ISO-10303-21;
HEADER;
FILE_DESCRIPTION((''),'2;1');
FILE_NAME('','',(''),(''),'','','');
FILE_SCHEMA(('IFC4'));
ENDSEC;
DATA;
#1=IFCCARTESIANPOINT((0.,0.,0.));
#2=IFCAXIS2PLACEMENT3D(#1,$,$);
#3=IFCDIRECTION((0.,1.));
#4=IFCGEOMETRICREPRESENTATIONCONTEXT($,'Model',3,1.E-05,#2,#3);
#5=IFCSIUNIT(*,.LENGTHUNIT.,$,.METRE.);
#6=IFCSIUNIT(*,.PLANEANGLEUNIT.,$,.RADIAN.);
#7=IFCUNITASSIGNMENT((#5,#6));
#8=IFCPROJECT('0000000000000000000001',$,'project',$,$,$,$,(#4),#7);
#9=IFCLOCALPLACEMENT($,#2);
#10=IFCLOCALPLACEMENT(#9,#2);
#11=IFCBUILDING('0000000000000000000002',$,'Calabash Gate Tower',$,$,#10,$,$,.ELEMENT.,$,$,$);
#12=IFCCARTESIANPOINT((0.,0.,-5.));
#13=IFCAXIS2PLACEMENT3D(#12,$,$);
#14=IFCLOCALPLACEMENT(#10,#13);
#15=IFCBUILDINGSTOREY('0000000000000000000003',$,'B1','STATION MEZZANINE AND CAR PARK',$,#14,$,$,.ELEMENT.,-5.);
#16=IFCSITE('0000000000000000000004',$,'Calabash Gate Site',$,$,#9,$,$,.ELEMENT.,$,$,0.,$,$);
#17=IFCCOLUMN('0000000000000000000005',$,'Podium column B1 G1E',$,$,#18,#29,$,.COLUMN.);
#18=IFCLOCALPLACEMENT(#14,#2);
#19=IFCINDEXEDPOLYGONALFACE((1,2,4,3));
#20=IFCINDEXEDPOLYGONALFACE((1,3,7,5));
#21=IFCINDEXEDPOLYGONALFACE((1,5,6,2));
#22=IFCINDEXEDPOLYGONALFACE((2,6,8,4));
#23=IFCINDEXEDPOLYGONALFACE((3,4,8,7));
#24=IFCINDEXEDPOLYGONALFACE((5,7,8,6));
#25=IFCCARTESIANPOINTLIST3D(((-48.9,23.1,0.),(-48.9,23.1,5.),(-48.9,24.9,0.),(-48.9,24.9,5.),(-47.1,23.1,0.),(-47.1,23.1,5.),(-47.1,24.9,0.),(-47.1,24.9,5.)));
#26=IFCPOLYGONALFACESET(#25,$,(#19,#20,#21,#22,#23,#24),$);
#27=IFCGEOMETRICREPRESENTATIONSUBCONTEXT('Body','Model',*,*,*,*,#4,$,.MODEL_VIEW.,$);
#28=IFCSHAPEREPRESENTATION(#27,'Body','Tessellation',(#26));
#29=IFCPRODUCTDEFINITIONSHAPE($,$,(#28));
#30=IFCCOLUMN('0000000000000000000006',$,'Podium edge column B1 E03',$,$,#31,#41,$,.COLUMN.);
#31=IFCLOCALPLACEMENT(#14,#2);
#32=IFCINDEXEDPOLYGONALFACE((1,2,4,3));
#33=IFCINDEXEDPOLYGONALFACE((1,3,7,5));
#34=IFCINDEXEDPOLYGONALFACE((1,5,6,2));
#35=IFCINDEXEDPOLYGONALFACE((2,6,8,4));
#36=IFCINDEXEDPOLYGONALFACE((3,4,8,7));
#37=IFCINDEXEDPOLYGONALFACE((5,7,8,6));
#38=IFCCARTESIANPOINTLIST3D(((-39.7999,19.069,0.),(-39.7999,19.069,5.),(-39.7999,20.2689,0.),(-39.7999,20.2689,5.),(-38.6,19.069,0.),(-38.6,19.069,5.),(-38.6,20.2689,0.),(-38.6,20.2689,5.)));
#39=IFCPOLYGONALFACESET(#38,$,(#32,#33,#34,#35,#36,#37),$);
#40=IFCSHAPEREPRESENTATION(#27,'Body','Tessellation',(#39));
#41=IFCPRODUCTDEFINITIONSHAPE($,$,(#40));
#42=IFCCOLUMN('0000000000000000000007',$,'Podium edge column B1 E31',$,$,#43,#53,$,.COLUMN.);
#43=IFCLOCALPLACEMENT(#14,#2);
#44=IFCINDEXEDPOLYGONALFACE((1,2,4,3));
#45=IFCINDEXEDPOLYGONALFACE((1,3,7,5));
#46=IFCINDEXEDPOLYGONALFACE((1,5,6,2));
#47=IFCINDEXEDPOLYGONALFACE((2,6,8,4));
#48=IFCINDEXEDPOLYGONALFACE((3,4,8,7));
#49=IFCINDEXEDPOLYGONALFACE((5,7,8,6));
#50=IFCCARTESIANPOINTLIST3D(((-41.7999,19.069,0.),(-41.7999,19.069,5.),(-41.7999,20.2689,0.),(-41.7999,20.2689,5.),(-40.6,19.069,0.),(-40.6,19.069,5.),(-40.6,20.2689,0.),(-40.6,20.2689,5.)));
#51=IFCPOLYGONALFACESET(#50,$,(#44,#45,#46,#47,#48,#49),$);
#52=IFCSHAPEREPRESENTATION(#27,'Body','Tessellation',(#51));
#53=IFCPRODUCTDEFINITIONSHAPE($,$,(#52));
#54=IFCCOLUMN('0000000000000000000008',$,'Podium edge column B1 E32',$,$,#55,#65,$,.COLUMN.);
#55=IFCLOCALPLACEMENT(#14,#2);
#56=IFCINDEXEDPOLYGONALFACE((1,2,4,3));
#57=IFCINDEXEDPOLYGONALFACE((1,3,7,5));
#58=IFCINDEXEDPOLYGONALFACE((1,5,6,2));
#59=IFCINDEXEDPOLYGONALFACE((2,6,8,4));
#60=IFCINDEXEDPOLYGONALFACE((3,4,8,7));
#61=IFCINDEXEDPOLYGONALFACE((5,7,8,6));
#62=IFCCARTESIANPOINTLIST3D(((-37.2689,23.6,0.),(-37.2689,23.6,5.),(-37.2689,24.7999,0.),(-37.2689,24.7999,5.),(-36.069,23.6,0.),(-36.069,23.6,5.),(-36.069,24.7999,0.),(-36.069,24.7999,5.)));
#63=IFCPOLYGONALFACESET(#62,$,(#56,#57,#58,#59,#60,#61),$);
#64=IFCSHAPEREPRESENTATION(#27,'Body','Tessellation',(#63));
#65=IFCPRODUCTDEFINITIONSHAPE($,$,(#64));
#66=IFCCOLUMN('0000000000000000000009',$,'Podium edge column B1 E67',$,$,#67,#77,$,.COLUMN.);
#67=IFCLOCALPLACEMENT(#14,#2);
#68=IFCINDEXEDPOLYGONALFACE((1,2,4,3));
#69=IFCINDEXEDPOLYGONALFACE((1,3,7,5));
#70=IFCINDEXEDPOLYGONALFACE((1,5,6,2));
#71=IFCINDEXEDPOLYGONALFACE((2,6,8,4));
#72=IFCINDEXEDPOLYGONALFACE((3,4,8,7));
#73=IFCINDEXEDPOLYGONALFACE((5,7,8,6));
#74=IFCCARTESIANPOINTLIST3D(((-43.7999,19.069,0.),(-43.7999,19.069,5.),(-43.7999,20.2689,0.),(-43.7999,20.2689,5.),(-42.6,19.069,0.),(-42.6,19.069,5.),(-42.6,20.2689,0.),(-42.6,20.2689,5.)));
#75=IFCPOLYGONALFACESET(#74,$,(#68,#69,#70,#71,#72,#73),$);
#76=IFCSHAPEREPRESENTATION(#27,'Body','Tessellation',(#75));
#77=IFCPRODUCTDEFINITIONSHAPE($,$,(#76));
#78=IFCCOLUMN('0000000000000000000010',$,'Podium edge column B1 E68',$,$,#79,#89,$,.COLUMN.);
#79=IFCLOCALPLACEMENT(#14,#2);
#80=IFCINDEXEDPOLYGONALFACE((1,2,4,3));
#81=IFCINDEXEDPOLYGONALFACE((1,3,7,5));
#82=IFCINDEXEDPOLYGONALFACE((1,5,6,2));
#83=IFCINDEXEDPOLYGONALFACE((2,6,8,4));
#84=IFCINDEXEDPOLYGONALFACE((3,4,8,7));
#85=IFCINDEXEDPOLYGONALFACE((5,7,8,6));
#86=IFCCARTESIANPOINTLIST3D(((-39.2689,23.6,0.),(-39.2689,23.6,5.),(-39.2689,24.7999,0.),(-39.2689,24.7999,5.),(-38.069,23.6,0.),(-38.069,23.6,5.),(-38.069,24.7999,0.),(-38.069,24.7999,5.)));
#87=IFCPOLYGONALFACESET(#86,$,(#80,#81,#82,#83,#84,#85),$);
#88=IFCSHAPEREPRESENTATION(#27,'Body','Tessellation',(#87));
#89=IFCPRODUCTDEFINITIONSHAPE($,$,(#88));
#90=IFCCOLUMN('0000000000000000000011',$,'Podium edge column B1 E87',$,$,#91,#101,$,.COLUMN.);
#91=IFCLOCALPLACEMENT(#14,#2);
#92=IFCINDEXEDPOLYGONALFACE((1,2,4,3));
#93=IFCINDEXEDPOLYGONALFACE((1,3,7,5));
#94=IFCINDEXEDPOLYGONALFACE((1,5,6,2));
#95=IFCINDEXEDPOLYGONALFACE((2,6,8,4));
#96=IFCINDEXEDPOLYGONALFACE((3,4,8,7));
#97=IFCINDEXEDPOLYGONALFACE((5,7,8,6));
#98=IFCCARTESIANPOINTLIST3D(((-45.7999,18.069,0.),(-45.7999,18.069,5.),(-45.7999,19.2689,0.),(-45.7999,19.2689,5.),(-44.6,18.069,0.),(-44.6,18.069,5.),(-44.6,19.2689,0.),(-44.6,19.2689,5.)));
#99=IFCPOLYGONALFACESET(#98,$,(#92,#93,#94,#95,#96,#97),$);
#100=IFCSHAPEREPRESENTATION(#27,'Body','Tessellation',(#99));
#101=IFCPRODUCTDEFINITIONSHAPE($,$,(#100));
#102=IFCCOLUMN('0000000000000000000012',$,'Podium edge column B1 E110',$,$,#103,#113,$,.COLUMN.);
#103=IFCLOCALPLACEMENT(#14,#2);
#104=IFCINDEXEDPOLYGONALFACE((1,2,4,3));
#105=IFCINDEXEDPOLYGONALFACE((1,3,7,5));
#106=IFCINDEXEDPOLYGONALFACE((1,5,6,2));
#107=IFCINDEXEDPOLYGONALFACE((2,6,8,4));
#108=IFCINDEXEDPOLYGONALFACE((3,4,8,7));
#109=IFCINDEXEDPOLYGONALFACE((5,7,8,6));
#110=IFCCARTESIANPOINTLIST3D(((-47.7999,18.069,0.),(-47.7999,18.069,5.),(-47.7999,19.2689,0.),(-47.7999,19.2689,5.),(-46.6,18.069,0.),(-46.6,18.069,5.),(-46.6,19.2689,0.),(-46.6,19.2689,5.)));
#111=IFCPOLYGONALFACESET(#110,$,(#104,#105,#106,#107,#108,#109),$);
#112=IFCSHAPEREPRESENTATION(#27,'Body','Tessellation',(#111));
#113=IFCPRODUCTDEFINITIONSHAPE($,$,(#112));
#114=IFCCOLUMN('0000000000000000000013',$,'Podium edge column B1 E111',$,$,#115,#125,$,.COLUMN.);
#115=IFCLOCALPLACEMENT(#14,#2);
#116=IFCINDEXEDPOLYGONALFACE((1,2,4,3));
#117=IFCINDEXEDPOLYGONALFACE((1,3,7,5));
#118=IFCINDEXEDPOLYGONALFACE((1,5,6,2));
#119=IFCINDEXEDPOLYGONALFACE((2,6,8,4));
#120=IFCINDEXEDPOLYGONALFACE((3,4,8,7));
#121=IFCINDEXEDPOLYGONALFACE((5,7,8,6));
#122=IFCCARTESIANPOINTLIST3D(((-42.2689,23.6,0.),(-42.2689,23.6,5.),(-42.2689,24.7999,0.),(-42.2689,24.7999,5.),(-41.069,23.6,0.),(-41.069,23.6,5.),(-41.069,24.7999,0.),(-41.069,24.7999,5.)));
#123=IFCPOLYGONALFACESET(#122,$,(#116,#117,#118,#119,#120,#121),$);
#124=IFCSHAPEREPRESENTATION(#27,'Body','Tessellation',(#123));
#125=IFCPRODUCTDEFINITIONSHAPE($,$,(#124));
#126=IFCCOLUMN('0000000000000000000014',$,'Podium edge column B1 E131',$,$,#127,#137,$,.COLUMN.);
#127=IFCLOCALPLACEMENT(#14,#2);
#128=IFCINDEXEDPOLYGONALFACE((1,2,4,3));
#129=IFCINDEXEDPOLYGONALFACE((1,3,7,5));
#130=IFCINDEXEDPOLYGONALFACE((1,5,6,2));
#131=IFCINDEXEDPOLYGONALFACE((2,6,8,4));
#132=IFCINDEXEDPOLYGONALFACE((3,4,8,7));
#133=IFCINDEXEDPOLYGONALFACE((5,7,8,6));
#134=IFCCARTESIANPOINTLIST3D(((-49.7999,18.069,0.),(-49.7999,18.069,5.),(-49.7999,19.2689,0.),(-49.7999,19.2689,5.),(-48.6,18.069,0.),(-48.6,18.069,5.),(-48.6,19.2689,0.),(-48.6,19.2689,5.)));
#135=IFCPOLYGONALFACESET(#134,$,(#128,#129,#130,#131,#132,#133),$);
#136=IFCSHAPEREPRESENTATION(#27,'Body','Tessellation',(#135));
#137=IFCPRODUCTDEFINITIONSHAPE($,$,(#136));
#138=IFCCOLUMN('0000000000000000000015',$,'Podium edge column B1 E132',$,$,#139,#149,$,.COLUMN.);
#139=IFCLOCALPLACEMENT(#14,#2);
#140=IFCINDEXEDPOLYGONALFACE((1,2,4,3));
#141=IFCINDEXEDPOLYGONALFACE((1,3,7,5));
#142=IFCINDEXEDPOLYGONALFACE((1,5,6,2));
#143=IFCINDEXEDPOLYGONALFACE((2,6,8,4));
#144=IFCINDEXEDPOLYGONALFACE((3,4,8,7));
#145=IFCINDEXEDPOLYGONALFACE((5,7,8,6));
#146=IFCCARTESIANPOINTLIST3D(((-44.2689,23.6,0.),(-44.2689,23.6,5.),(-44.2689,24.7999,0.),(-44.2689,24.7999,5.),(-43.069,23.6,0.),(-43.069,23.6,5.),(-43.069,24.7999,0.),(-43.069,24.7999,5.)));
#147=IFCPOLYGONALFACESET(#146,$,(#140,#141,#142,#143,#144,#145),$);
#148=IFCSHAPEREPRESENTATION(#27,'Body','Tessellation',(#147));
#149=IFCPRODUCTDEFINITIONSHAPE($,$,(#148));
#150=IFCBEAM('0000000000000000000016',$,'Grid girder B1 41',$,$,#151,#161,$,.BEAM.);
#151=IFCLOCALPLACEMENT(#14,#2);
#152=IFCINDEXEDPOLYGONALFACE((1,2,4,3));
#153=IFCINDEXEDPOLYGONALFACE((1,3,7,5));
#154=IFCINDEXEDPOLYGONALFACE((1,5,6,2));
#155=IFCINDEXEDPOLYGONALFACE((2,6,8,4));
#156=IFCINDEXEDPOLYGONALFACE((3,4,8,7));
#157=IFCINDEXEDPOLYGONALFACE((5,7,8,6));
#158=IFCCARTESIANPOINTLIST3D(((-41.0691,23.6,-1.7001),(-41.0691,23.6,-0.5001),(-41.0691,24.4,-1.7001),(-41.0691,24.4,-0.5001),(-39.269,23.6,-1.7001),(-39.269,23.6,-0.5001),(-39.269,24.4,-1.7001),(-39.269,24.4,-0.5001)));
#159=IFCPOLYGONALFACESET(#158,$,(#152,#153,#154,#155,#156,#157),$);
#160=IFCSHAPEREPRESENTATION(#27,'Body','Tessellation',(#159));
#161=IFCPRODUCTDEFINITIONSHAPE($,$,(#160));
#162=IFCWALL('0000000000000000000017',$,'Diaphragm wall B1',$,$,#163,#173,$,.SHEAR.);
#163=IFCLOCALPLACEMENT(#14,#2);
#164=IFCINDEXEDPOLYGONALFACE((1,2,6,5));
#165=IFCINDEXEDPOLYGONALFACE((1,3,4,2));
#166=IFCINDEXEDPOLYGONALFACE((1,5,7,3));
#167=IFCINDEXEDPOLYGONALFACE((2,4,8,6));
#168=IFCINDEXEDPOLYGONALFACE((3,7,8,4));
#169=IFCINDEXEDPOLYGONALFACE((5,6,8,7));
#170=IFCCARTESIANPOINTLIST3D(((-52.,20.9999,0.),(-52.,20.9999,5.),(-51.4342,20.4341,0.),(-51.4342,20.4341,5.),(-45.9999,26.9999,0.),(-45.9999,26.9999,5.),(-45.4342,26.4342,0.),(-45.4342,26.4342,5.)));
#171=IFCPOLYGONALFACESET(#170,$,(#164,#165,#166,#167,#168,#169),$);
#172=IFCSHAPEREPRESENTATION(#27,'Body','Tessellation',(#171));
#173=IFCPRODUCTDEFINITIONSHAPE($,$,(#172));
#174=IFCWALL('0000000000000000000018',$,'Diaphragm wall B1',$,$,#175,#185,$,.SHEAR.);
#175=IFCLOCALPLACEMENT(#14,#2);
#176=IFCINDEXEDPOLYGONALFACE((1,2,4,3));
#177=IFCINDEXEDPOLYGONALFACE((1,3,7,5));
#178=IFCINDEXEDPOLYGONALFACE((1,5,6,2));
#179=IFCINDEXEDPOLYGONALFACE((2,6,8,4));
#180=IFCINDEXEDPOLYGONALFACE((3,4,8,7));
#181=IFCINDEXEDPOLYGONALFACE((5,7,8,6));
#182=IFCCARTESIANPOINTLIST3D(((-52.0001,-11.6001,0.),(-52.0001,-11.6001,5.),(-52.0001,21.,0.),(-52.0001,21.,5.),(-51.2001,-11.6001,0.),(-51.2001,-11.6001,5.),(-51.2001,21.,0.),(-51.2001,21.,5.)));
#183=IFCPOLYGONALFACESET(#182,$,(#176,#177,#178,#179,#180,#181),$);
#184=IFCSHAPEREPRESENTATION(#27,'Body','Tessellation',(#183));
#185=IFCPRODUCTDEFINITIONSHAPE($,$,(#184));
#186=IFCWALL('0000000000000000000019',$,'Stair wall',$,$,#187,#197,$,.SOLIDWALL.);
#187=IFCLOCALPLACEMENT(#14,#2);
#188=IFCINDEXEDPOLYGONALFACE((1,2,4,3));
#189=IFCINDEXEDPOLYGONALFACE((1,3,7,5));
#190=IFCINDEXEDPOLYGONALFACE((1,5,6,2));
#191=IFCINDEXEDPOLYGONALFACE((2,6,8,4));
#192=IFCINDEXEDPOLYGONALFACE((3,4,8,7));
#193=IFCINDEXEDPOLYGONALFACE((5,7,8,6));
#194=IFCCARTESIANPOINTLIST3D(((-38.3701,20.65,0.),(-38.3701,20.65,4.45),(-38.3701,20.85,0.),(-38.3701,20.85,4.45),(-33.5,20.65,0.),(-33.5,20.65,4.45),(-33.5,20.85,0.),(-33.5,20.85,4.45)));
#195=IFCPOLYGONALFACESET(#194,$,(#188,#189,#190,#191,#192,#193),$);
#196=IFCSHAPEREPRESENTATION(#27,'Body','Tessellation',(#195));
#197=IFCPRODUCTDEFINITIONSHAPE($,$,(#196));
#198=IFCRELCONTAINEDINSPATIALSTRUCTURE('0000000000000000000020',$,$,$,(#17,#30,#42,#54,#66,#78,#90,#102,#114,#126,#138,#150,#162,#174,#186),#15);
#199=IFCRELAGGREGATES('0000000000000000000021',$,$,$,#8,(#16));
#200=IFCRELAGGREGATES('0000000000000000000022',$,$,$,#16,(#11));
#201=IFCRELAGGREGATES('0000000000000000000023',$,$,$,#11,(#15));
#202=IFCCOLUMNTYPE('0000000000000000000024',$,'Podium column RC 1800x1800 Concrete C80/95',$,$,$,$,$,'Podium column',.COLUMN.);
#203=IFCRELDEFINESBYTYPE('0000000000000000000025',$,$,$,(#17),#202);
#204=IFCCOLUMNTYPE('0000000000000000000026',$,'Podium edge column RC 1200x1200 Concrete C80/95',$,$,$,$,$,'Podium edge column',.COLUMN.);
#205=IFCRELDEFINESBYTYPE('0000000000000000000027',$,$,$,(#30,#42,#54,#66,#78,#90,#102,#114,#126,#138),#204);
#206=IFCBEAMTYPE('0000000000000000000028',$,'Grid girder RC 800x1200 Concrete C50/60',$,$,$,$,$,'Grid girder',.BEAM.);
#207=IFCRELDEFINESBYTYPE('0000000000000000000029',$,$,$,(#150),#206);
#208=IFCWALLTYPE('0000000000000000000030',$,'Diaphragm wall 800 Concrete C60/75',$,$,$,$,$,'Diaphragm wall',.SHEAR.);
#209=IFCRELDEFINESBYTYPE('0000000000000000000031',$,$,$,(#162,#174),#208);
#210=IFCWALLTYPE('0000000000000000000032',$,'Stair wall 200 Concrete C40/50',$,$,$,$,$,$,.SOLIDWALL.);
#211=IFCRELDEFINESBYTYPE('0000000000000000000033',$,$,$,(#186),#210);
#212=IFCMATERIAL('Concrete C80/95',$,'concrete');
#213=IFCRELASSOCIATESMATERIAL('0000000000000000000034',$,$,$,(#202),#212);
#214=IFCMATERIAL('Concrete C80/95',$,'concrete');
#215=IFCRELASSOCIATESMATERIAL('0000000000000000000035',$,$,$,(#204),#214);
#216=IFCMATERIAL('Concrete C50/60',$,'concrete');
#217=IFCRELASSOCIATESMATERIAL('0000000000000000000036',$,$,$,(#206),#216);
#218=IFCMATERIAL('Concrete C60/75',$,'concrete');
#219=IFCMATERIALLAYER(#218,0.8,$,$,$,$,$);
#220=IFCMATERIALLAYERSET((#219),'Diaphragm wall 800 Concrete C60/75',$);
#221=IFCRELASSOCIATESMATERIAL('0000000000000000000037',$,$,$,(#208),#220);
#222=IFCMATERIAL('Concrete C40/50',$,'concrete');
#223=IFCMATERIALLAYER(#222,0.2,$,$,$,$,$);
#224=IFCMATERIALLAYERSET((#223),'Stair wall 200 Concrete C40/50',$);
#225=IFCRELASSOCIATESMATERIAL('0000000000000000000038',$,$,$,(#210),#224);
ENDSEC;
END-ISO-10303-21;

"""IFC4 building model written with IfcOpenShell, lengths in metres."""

from ifc_helpers import new_model, si_unit, direction, frame, frame_2d, origin, origin_2d, place, context, subcontext, project, spatial, rectangle, extrude, material, layer, layer_set, material_profile, profile_set, type_object, element, save


model = new_model("IFC4")

# Units and contexts
model_context = context("Model", 3, precision=1e-05, world=origin(), true_north=direction((0.0, 1.0)))
body_context = subcontext(model_context, "Body", "Model", "MODEL_VIEW")
ifc_project = project(units=[si_unit("LENGTHUNIT", "METRE"), si_unit("PLANEANGLEUNIT", "RADIAN")], contexts=[model_context])

# Site, building, storey
site_placement = place(None, origin())
site = spatial("IfcSite", under=ifc_project, at=site_placement, Name="Calabash Gate Site", CompositionType="ELEMENT", RefElevation=0.0)
building_placement = place(site_placement, origin())
building = spatial("IfcBuilding", under=site, at=building_placement, Name="Calabash Gate Tower", CompositionType="ELEMENT")
storey_placement = place(building_placement, frame((0.0, 0.0, -5.0)))
storey = spatial("IfcBuildingStorey", under=building, at=storey_placement, Name="B1", Description="STATION MEZZANINE AND CAR PARK", CompositionType="ELEMENT", Elevation=-5.0)

# Columns
ifc_material_1 = material(Name="Concrete C80/95", Category="concrete")
ifc_material_profile_1 = material_profile(ifc_material_1, rectangle(XDim=1.8, YDim=1.8, at=origin_2d()))
ifc_profile_set_1 = profile_set([ifc_material_profile_1], Name="Concrete C80/95")
column_type_1 = type_object("IfcColumnType", Name="Podium column RC 1800x1800 Concrete C80/95", ElementType="Podium column", PredefinedType="COLUMN", material=ifc_profile_set_1)
column_placement = place(storey_placement, frame((-48.0, 24.0, 0.0), z_axis=(0.0, 0.0, 1.0), x_axis=(1.0, 0.0, 0.0)))
element("IfcColumn", 1, at=column_placement, inside=storey, type_object=column_type_1, Name="Podium column B1 G1E", PredefinedType="COLUMN", context=body_context, shape_type="SweptSolid", body=[
    extrude(rectangle(XDim=1.8, YDim=1.8, at=origin_2d()), origin(), (0.0, 0.0, 1.0), 5.0),
])
ifc_material_2 = material(Name="Concrete C80/95", Category="concrete")
ifc_material_profile_2 = material_profile(ifc_material_2, rectangle(XDim=1.2, YDim=1.2, at=origin_2d()))
ifc_profile_set_2 = profile_set([ifc_material_profile_2], Name="Concrete C80/95")
column_type_2 = type_object("IfcColumnType", Name="Podium edge column RC 1200x1200 Concrete C80/95", ElementType="Podium edge column", PredefinedType="COLUMN", material=ifc_profile_set_2)
for number, where, z_axis, x_axis, name in (
    (2, (-39.2, 19.6689, 0.0), (0.0, 0.0, 1.0), (1.0, 0.0, 0.0), "Podium edge column B1 E03"),
    (3, (-41.2, 19.6689, 0.0), (0.0, 0.0, 1.0), (1.0, 0.0, 0.0), "Podium edge column B1 E31"),
    (4, (-36.6689, 24.2, 0.0), (0.0, 0.0, 1.0), (1.0, 0.0, 0.0), "Podium edge column B1 E32"),
    (5, (-43.2, 19.6689, 0.0), (0.0, 0.0, 1.0), (1.0, 0.0, 0.0), "Podium edge column B1 E67"),
    (6, (-38.6689, 24.2, 0.0), (0.0, 0.0, 1.0), (1.0, 0.0, 0.0), "Podium edge column B1 E68"),
    (7, (-45.2, 18.6689, 0.0), (0.0, 0.0, 1.0), (1.0, 0.0, 0.0), "Podium edge column B1 E87"),
    (8, (-47.2, 18.6689, 0.0), (0.0, 0.0, 1.0), (1.0, 0.0, 0.0), "Podium edge column B1 E110"),
    (9, (-41.6689, 24.2, 0.0), (0.0, 0.0, 1.0), (1.0, 0.0, 0.0), "Podium edge column B1 E111"),
    (10, (-49.2, 18.6689, 0.0), (0.0, 0.0, 1.0), (1.0, 0.0, 0.0), "Podium edge column B1 E131"),
    (11, (-43.6689, 24.2, 0.0), (0.0, 0.0, 1.0), (1.0, 0.0, 0.0), "Podium edge column B1 E132"),
):
    element("IfcColumn", number, at=place(storey_placement, frame(where, z_axis=z_axis, x_axis=x_axis)), inside=storey, type_object=column_type_2, Name=name, PredefinedType="COLUMN", context=body_context, shape_type="SweptSolid", body=[
        extrude(rectangle(XDim=1.2, YDim=1.2, at=origin_2d()), origin(), (0.0, 0.0, 1.0), 5.0),
    ])

# Beam
ifc_material_3 = material(Name="Concrete C50/60", Category="concrete")
ifc_material_profile_3 = material_profile(ifc_material_3, rectangle(XDim=0.8, YDim=1.2, at=origin_2d()))
ifc_profile_set_3 = profile_set([ifc_material_profile_3], Name="Concrete C50/60")
beam_type = type_object("IfcBeamType", Name="Grid girder RC 800x1200 Concrete C50/60", ElementType="Grid girder", PredefinedType="BEAM", material=ifc_profile_set_3)
beam_placement = place(storey_placement, frame((-41.0691, 24.0, -1.1001), z_axis=(1.0, 0.0, 0.0), x_axis=(0.0, 1.0, 0.0)))
element("IfcBeam", 12, at=beam_placement, inside=storey, type_object=beam_type, Name="Grid girder B1 41", PredefinedType="BEAM", context=body_context, shape_type="SweptSolid", body=[
    extrude(rectangle(XDim=0.8, YDim=1.2, at=origin_2d()), origin(), (0.0, 0.0, 1.0), 1.8),
])

# Walls
ifc_material_4 = material(Name="Concrete C60/75", Category="concrete")
ifc_layer_1 = layer(ifc_material_4, 0.8)
ifc_layer_set_1 = layer_set([ifc_layer_1], Name="Diaphragm wall 800 Concrete C60/75")
wall_type_1 = type_object("IfcWallType", Name="Diaphragm wall 800 Concrete C60/75", ElementType="Diaphragm wall", PredefinedType="SHEAR", material=ifc_layer_set_1)
wall_1_placement = place(storey_placement, frame((-45.717, 26.717, 0.0), z_axis=(0.0, 0.0, 1.0), x_axis=(-0.707107, -0.707107, 0.0)))
element("IfcWall", 13, at=wall_1_placement, inside=storey, type_object=wall_type_1, Name="Diaphragm wall B1", PredefinedType="SHEAR", context=body_context, shape_type="SweptSolid", body=[
    extrude(rectangle(XDim=8.4854, YDim=0.8, at=frame_2d((4.2427, 0.0))), origin(), (0.0, 0.0, 1.0), 5.0),
])
wall_2_placement = place(storey_placement, frame((-51.6001, 21.0, 0.0), z_axis=(0.0, 0.0, 1.0), x_axis=(0.0, -1.0, 0.0)))
element("IfcWall", 14, at=wall_2_placement, inside=storey, type_object=wall_type_1, Name="Diaphragm wall B1", PredefinedType="SHEAR", context=body_context, shape_type="SweptSolid", body=[
    extrude(rectangle(XDim=32.6001, YDim=0.8, at=frame_2d((16.3, 0.0))), origin(), (0.0, 0.0, 1.0), 5.0),
])
ifc_material_5 = material(Name="Concrete C40/50", Category="concrete")
ifc_layer_2 = layer(ifc_material_5, 0.2)
ifc_layer_set_2 = layer_set([ifc_layer_2], Name="Stair wall 200 Concrete C40/50")
wall_type_2 = type_object("IfcWallType", Name="Stair wall 200 Concrete C40/50", PredefinedType="SOLIDWALL", material=ifc_layer_set_2)
wall_3_placement = place(storey_placement, frame((-38.3701, 20.75, 0.0), z_axis=(0.0, 0.0, 1.0), x_axis=(1.0, 0.0, 0.0)))
element("IfcWall", 15, at=wall_3_placement, inside=storey, type_object=wall_type_2, Name="Stair wall", PredefinedType="SOLIDWALL", context=body_context, shape_type="SweptSolid", body=[
    extrude(rectangle(XDim=4.8701, YDim=0.2, at=frame_2d((2.4351, 0.0))), origin(), (0.0, 0.0, 1.0), 4.45),
])

save(model, "model.ifc")
